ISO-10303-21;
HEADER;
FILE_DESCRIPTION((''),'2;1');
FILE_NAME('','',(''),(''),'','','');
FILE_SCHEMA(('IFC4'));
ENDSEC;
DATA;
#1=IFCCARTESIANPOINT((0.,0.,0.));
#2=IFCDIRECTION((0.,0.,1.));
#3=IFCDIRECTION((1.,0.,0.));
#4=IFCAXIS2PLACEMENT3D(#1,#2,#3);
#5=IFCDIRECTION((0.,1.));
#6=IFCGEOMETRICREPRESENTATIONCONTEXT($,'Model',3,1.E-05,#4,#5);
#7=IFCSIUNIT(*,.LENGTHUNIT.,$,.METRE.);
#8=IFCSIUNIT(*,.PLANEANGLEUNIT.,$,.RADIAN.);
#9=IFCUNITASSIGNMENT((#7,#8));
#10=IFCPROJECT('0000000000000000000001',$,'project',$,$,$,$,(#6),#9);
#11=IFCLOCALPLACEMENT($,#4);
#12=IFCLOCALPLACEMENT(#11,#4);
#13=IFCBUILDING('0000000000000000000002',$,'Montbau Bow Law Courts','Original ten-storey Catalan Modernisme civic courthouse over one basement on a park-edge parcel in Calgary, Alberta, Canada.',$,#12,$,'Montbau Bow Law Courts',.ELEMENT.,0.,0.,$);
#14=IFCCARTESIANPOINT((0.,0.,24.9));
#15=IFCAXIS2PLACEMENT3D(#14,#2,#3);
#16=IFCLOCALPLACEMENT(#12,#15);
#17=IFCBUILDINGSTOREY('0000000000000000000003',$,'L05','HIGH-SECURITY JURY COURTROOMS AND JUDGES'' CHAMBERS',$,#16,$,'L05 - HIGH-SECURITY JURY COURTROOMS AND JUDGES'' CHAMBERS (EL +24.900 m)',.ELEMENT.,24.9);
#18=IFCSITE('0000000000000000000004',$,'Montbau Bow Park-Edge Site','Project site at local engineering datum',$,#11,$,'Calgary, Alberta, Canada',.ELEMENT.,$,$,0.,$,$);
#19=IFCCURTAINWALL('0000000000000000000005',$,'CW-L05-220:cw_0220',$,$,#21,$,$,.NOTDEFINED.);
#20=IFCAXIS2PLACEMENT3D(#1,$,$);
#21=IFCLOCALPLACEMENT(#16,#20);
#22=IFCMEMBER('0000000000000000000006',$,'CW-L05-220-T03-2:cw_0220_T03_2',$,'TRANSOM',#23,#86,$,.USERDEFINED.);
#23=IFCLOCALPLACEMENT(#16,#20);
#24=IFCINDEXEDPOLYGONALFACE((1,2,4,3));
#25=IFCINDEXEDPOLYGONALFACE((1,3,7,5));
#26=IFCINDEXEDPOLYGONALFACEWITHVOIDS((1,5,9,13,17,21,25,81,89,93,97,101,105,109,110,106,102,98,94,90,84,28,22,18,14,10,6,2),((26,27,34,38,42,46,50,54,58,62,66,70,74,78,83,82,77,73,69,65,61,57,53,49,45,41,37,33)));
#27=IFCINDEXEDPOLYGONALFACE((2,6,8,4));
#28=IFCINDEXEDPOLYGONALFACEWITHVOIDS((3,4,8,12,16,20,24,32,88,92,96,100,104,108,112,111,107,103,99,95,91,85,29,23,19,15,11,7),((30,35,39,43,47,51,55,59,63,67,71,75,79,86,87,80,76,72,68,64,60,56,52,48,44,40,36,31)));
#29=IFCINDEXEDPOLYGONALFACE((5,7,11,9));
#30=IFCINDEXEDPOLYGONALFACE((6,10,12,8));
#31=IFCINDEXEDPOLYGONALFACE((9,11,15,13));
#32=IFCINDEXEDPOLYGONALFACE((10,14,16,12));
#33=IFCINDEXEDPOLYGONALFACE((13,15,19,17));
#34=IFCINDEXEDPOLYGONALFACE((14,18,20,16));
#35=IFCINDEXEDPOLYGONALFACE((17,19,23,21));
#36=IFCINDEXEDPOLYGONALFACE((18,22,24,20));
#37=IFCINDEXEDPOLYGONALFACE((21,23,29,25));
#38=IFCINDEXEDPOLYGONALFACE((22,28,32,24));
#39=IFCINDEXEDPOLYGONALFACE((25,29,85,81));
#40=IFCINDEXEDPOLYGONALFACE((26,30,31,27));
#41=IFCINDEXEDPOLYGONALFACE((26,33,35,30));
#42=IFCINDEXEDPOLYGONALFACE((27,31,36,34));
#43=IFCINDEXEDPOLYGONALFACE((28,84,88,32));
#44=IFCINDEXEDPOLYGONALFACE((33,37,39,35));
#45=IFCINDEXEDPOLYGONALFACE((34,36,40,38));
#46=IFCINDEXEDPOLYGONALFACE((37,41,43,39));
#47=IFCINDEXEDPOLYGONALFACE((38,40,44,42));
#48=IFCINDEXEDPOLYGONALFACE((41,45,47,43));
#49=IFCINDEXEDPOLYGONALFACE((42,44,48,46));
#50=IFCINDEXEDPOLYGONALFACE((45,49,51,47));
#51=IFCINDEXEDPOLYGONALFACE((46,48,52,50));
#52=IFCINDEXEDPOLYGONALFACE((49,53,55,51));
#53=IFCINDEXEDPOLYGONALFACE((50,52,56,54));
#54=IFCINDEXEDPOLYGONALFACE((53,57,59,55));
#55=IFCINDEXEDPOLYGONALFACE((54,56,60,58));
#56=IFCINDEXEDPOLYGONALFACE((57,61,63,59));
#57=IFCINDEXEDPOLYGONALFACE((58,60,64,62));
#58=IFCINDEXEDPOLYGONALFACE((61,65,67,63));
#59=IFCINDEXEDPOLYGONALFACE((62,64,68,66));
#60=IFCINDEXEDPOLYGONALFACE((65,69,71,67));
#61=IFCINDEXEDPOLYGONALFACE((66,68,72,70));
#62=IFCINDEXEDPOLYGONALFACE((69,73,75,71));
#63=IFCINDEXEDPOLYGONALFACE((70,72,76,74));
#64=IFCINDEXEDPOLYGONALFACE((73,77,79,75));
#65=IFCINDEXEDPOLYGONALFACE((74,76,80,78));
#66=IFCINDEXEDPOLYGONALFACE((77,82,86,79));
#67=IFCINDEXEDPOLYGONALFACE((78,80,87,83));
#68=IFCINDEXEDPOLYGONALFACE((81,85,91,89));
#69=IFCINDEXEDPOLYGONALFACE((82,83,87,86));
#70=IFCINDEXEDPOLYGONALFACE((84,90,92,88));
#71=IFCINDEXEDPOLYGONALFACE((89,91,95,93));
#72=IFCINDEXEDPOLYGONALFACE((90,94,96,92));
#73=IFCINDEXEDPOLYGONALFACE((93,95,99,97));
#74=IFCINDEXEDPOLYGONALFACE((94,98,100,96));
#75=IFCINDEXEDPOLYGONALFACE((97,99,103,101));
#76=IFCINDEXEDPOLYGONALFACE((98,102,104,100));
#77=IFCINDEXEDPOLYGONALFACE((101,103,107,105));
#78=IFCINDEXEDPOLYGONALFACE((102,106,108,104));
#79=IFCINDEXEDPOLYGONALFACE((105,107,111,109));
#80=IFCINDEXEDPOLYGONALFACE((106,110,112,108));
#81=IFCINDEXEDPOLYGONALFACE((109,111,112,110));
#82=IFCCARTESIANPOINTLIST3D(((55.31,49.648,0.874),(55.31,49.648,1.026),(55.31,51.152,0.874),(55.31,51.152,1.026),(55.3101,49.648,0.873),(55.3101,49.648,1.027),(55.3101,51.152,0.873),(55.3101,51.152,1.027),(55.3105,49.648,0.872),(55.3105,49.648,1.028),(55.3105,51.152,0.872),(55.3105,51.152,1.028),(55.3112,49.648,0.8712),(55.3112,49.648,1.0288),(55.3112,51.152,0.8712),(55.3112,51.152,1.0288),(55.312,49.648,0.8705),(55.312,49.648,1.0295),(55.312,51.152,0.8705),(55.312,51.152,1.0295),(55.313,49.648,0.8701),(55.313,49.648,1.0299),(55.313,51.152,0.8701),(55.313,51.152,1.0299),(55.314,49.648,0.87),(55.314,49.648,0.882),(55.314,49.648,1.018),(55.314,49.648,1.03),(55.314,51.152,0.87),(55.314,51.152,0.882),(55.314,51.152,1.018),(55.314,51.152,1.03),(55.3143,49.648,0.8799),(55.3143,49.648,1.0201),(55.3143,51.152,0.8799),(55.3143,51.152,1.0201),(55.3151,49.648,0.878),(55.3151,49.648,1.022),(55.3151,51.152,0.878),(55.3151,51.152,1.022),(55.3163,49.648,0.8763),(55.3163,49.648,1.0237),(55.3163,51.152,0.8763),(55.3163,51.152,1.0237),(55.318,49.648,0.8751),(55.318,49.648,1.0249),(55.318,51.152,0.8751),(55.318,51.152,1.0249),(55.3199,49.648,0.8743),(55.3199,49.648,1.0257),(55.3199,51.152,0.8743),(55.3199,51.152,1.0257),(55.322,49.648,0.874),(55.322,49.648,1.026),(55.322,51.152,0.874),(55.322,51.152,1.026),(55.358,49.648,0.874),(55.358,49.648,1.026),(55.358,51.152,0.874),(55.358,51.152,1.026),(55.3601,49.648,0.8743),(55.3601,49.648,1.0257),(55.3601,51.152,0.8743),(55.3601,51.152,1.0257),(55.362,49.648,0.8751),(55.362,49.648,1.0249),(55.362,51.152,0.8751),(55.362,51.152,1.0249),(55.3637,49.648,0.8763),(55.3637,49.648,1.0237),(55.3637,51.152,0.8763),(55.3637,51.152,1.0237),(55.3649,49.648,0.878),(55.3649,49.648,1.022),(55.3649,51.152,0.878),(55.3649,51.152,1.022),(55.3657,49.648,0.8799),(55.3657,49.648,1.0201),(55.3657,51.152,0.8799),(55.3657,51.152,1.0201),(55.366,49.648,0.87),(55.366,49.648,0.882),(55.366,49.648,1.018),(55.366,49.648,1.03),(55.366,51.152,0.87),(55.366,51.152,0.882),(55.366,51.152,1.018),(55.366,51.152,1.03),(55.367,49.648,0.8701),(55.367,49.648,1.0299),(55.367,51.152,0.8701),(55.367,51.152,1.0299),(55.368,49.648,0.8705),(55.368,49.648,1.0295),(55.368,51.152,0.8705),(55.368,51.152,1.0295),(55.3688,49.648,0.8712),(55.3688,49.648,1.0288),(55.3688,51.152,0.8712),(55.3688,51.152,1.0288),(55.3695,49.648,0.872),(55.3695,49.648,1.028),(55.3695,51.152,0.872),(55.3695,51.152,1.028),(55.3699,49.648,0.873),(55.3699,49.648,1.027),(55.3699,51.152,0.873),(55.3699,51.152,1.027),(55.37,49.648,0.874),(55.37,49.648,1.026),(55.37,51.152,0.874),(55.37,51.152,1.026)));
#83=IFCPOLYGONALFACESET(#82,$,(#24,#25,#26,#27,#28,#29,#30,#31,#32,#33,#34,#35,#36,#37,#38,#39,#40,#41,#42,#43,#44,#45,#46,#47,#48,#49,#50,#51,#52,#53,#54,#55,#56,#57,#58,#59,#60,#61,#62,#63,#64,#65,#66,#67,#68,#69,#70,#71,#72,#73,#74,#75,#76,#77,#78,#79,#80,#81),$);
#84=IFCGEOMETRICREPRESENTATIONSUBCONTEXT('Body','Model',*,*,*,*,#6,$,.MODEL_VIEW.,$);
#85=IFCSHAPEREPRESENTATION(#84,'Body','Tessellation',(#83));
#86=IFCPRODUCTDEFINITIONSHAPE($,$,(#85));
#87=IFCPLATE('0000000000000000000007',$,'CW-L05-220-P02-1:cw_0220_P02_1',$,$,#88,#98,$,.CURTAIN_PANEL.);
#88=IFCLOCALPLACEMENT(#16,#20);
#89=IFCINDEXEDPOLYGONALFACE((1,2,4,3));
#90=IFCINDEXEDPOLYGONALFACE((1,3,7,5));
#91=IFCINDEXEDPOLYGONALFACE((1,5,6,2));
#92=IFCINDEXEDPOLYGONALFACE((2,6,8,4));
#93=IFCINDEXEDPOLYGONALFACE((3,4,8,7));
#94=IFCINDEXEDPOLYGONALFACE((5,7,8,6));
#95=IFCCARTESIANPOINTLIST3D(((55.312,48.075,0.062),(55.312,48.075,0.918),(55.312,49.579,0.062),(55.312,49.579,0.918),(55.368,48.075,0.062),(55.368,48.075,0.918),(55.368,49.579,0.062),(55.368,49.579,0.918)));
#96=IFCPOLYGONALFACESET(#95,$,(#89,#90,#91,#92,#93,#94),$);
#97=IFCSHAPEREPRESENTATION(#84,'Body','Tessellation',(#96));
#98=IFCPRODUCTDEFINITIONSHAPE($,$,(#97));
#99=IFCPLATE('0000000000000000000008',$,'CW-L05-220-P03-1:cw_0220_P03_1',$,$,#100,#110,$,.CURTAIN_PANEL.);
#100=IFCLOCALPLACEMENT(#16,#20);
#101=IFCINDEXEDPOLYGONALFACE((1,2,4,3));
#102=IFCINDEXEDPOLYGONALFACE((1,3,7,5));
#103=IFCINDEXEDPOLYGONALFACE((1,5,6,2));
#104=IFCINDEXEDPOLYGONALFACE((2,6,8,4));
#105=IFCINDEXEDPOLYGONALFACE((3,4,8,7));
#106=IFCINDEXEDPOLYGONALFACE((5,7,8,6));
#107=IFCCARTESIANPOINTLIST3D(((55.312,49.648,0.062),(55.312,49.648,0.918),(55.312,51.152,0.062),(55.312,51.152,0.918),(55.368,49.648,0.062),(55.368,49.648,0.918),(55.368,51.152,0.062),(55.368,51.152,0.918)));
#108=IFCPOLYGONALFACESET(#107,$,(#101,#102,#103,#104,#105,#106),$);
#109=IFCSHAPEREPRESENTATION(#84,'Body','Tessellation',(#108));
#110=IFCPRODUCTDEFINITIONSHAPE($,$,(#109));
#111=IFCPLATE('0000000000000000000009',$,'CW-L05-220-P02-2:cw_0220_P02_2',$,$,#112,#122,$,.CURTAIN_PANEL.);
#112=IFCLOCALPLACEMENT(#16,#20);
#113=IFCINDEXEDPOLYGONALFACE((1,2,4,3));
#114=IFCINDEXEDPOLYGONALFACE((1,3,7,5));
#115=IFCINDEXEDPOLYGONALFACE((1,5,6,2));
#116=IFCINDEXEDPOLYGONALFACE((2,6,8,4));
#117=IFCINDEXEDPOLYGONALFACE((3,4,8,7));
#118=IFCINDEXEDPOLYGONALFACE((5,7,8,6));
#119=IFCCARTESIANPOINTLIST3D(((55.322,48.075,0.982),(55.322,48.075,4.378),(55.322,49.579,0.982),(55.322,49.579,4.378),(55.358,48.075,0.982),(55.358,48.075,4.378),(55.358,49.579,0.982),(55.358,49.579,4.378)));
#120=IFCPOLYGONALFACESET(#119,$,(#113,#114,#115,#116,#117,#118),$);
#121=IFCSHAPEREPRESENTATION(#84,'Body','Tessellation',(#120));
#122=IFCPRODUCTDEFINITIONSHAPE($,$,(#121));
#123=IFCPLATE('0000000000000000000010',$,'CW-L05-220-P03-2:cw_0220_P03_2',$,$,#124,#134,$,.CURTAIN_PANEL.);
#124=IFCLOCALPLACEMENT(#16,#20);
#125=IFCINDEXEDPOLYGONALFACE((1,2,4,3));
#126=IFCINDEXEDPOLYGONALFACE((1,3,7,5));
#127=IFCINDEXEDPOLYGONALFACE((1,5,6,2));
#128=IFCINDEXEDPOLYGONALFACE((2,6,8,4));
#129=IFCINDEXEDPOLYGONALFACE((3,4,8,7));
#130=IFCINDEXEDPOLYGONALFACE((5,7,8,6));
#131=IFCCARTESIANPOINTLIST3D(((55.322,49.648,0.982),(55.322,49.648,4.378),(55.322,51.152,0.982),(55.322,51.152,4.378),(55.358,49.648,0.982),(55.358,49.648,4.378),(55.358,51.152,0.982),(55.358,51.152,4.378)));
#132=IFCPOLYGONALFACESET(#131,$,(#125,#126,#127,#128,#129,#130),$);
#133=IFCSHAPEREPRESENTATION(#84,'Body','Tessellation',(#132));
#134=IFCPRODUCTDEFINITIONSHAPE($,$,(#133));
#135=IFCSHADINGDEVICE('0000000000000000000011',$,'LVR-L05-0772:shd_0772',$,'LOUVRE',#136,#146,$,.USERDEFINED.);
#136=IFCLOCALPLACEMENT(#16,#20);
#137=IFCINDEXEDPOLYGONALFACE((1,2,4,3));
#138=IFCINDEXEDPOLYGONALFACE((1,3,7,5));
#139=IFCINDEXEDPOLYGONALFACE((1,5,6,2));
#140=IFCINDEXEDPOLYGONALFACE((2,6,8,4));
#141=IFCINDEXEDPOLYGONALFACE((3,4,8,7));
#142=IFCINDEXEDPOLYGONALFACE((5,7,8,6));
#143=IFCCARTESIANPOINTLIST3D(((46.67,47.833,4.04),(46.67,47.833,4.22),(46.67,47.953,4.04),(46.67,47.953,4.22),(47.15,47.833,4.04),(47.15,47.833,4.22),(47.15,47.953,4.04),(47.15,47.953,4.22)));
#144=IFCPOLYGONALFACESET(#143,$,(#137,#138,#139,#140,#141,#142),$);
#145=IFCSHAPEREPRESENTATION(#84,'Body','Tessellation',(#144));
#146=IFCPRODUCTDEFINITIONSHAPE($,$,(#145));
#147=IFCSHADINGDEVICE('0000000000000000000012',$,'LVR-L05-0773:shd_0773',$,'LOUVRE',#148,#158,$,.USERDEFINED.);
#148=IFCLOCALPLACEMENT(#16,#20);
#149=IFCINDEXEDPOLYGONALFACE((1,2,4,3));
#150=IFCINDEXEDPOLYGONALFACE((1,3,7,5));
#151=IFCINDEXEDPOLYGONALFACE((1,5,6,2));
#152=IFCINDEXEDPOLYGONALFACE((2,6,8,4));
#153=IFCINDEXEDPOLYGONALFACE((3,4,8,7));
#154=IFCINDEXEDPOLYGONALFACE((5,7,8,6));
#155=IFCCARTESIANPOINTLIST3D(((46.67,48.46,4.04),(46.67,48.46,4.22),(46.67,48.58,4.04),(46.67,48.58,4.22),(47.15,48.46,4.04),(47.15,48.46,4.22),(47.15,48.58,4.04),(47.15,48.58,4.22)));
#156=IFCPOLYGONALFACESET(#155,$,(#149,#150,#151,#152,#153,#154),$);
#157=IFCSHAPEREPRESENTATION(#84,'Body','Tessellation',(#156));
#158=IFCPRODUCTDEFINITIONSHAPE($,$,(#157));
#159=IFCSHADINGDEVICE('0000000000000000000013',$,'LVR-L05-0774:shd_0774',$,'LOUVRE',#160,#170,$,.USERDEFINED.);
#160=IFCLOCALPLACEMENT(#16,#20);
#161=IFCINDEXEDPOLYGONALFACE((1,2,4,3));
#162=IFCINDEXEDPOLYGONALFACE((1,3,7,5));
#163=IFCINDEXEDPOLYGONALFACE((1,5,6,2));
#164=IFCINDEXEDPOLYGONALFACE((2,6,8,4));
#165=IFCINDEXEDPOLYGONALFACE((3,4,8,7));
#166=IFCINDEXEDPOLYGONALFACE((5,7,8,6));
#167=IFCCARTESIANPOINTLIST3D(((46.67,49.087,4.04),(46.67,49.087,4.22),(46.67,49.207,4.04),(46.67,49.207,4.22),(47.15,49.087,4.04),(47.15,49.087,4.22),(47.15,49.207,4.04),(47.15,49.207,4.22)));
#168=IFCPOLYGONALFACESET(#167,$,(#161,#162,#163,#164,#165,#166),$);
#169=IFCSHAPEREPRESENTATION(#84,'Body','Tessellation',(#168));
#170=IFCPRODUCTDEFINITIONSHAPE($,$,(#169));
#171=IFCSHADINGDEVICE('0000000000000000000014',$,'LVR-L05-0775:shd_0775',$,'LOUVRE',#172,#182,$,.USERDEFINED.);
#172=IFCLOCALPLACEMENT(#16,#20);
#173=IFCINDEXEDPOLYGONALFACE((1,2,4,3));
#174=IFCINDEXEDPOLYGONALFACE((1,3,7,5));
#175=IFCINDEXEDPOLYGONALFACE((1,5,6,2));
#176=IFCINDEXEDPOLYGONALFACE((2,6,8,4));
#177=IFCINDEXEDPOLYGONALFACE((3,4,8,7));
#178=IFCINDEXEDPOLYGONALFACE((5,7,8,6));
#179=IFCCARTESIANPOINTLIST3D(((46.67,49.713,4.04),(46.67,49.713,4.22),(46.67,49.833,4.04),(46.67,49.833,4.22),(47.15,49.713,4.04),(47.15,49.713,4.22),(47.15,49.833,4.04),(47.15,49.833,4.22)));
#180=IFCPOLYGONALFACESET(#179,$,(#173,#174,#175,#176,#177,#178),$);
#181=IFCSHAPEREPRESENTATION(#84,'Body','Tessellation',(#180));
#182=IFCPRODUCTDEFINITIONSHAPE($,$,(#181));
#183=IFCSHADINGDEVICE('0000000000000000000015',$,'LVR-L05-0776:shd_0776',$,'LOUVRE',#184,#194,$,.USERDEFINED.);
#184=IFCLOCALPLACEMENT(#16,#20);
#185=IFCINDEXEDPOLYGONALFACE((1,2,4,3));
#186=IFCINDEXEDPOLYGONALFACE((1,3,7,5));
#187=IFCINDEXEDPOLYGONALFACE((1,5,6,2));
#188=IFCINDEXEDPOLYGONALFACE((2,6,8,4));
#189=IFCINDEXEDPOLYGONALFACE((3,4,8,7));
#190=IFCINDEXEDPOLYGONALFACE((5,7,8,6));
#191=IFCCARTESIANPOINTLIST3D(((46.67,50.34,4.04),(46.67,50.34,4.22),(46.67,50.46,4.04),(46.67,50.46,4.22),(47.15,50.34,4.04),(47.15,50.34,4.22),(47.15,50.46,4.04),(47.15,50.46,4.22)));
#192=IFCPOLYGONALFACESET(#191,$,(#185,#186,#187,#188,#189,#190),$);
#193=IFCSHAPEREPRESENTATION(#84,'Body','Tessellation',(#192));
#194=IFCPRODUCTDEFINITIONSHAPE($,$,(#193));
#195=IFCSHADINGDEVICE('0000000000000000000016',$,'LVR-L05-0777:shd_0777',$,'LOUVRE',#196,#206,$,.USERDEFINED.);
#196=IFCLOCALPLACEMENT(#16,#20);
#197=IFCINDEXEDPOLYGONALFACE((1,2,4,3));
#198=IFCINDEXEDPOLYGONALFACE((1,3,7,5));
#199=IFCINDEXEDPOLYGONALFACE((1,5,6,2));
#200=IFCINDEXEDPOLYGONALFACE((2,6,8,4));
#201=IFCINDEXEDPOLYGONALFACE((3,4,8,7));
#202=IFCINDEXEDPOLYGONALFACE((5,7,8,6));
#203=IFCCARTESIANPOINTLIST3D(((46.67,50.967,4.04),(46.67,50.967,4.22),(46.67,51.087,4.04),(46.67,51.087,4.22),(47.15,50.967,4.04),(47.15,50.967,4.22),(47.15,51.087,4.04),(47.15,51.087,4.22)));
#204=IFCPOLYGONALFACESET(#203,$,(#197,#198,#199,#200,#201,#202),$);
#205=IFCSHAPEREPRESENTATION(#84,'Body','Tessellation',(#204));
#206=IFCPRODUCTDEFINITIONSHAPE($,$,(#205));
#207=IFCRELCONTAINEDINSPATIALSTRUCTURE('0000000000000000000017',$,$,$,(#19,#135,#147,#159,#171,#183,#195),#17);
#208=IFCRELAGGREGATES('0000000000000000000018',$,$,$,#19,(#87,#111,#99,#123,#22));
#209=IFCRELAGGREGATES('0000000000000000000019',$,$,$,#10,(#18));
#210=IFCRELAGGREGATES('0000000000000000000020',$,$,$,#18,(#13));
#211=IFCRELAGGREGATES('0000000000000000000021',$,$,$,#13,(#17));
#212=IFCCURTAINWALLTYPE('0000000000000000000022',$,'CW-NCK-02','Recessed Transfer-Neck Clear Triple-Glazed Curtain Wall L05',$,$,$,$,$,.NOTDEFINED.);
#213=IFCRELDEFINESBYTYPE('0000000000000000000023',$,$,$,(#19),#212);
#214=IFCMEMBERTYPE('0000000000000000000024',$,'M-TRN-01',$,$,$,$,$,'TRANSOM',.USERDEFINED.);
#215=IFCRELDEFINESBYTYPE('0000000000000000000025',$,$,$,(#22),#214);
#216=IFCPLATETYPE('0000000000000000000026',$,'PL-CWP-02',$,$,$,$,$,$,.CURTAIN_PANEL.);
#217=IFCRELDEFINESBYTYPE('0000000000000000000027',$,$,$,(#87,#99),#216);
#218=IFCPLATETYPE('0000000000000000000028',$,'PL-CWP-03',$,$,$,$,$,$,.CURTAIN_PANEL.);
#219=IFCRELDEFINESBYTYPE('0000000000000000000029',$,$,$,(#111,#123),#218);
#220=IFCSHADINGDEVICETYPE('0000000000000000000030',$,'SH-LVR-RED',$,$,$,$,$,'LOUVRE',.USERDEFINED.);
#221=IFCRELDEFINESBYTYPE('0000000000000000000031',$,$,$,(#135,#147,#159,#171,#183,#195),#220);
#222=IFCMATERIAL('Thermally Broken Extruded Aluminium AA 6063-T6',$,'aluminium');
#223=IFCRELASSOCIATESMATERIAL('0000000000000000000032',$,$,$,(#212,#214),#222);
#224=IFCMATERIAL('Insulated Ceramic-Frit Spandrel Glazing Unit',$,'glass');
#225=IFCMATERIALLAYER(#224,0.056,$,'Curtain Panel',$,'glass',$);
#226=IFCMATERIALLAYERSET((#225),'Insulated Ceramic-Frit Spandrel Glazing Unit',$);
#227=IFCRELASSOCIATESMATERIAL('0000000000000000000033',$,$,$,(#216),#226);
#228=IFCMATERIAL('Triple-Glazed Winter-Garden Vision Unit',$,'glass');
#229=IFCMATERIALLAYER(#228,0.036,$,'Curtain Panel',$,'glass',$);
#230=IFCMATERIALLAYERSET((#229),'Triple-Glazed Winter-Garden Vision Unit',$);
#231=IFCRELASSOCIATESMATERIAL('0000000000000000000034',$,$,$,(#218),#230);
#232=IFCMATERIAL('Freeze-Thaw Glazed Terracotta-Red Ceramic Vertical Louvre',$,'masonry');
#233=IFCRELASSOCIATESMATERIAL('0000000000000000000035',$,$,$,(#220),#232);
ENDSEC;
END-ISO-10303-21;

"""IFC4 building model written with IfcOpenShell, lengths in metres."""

from ifc_helpers import new_model, si_unit, direction, frame, frame_2d, origin_with_axes, origin_2d_with_axis, place, context, subcontext, project, spatial, rectangle, hollow_rectangle, extrude, material, layer, layer_set, material_profile, profile_set, type_object, element, aggregate, save


model = new_model("IFC4")

# Units and contexts
model_context = context("Model", 3, precision=1e-05, world=origin_with_axes(), true_north=direction((0.0, 1.0)))
body_context = subcontext(model_context, "Body", "Model", "MODEL_VIEW")
ifc_project = project(units=[si_unit("LENGTHUNIT", "METRE"), si_unit("PLANEANGLEUNIT", "RADIAN")], contexts=[model_context])

# Site, building, storey
site_placement = place(None, origin_with_axes())
site = spatial("IfcSite", under=ifc_project, at=site_placement, Name="Montbau Bow Park-Edge Site", Description="Project site at local engineering datum", LongName="Calgary, Alberta, Canada", CompositionType="ELEMENT", RefElevation=0.0)
building_placement = place(site_placement, origin_with_axes())
building = spatial("IfcBuilding", under=site, at=building_placement, Name="Montbau Bow Law Courts", Description="Original ten-storey Catalan Modernisme civic courthouse over one basement on a park-edge parcel in Calgary, Alberta, Canada.", LongName="Montbau Bow Law Courts", CompositionType="ELEMENT", ElevationOfRefHeight=0.0, ElevationOfTerrain=0.0)
storey_placement = place(building_placement, frame((0.0, 0.0, 24.9), z_axis=(0.0, 0.0, 1.0), x_axis=(1.0, 0.0, 0.0)))
storey = spatial("IfcBuildingStorey", under=building, at=storey_placement, Name="L05", Description="HIGH-SECURITY JURY COURTROOMS AND JUDGES' CHAMBERS", LongName="L05 - HIGH-SECURITY JURY COURTROOMS AND JUDGES' CHAMBERS (EL +24.900 m)", CompositionType="ELEMENT", Elevation=24.9)

# Curtain wall, member, plates
ifc_material_1 = material(Name="Thermally Broken Extruded Aluminium AA 6063-T6", Category="aluminium")
curtain_wall_type = type_object("IfcCurtainWallType", Name="CW-NCK-02", Description="Recessed Transfer-Neck Clear Triple-Glazed Curtain Wall L05", PredefinedType="NOTDEFINED", material=ifc_material_1)
curtain_wall_placement = place(None, frame((55.34, 46.468, 24.9), z_axis=(0.0, 0.0, 1.0), x_axis=(1.0, 0.0, 0.0)))
curtain_wall = element("IfcCurtainWall", 1, at=curtain_wall_placement, inside=storey, type_object=curtain_wall_type, Name="CW-L05-220:cw_0220", PredefinedType="NOTDEFINED")
ifc_material_profile_1 = material_profile(ifc_material_1, hollow_rectangle(XDim=0.06, YDim=0.16, WallThickness=0.004, InnerFilletRadius=0.008, OuterFilletRadius=0.004, at=origin_2d_with_axis()), Name="CWT-160X60", Category="Main", Priority=0)
ifc_profile_set_1 = profile_set([ifc_material_profile_1], Name="Thermally Broken Extruded Aluminium AA 6063-T6")
member_type_1 = type_object("IfcMemberType", Name="M-TRN-01", ElementType="TRANSOM", PredefinedType="USERDEFINED", material=ifc_profile_set_1)
member_1_placement = place(None, frame((55.34, 49.648, 25.85), z_axis=(0.0, 1.0, 0.0), x_axis=(-1.0, 0.0, 0.0)))
member_1 = element("IfcMember", 2, at=member_1_placement, type_object=member_type_1, Name="CW-L05-220-T03-2:cw_0220_T03_2", ObjectType="TRANSOM", PredefinedType="USERDEFINED", context=body_context, shape_type="SweptSolid", body=[
    extrude(hollow_rectangle(XDim=0.06, YDim=0.16, WallThickness=0.004, InnerFilletRadius=0.008, OuterFilletRadius=0.004, at=origin_2d_with_axis()), origin_with_axes(), (0.0, 0.0, 1.0), 1.504),
])
ifc_material_2 = material(Name="Insulated Ceramic-Frit Spandrel Glazing Unit", Category="glass")
ifc_layer_1 = layer(ifc_material_2, 0.056, Name="Curtain Panel", Category="glass")
ifc_layer_set_1 = layer_set([ifc_layer_1], Name="Insulated Ceramic-Frit Spandrel Glazing Unit")
plate_type_1 = type_object("IfcPlateType", Name="PL-CWP-02", PredefinedType="CURTAIN_PANEL", material=ifc_layer_set_1)
plate_1_placement = place(None, frame((55.34, 48.075, 24.962), z_axis=(1.0, 0.0, 0.0), x_axis=(0.0, 1.0, 0.0)))
plate_1 = element("IfcPlate", 3, at=plate_1_placement, type_object=plate_type_1, Name="CW-L05-220-P02-1:cw_0220_P02_1", PredefinedType="CURTAIN_PANEL", context=body_context, shape_type="SweptSolid", body=[
    extrude(rectangle(XDim=1.504, YDim=0.856, at=frame_2d((0.752, 0.428), x_axis=(1.0, 0.0))), frame((0.0, 0.0, -0.028), z_axis=(0.0, 0.0, 1.0), x_axis=(1.0, 0.0, 0.0)), (0.0, 0.0, 1.0), 0.056),
])
plate_2_placement = place(None, frame((55.34, 49.648, 24.962), z_axis=(1.0, 0.0, 0.0), x_axis=(0.0, 1.0, 0.0)))
plate_2 = element("IfcPlate", 4, at=plate_2_placement, type_object=plate_type_1, Name="CW-L05-220-P03-1:cw_0220_P03_1", PredefinedType="CURTAIN_PANEL", context=body_context, shape_type="SweptSolid", body=[
    extrude(rectangle(XDim=1.504, YDim=0.856, at=frame_2d((0.752, 0.428), x_axis=(1.0, 0.0))), frame((0.0, 0.0, -0.028), z_axis=(0.0, 0.0, 1.0), x_axis=(1.0, 0.0, 0.0)), (0.0, 0.0, 1.0), 0.056),
])
ifc_material_3 = material(Name="Triple-Glazed Winter-Garden Vision Unit", Category="glass")
ifc_layer_2 = layer(ifc_material_3, 0.036, Name="Curtain Panel", Category="glass")
ifc_layer_set_2 = layer_set([ifc_layer_2], Name="Triple-Glazed Winter-Garden Vision Unit")
plate_type_2 = type_object("IfcPlateType", Name="PL-CWP-03", PredefinedType="CURTAIN_PANEL", material=ifc_layer_set_2)
plate_3_placement = place(None, frame((55.34, 48.075, 25.882), z_axis=(1.0, 0.0, 0.0), x_axis=(0.0, 1.0, 0.0)))
plate_3 = element("IfcPlate", 5, at=plate_3_placement, type_object=plate_type_2, Name="CW-L05-220-P02-2:cw_0220_P02_2", PredefinedType="CURTAIN_PANEL", context=body_context, shape_type="SweptSolid", body=[
    extrude(rectangle(XDim=1.504, YDim=3.396, at=frame_2d((0.752, 1.698), x_axis=(1.0, 0.0))), frame((0.0, 0.0, -0.018), z_axis=(0.0, 0.0, 1.0), x_axis=(1.0, 0.0, 0.0)), (0.0, 0.0, 1.0), 0.036),
])
plate_4_placement = place(None, frame((55.34, 49.648, 25.882), z_axis=(1.0, 0.0, 0.0), x_axis=(0.0, 1.0, 0.0)))
plate_4 = element("IfcPlate", 6, at=plate_4_placement, type_object=plate_type_2, Name="CW-L05-220-P03-2:cw_0220_P03_2", PredefinedType="CURTAIN_PANEL", context=body_context, shape_type="SweptSolid", body=[
    extrude(rectangle(XDim=1.504, YDim=3.396, at=frame_2d((0.752, 1.698), x_axis=(1.0, 0.0))), frame((0.0, 0.0, -0.018), z_axis=(0.0, 0.0, 1.0), x_axis=(1.0, 0.0, 0.0)), (0.0, 0.0, 1.0), 0.036),
])
aggregate(curtain_wall, [plate_1, plate_3, plate_2, plate_4, member_1])

# Shading devices
ifc_material_4 = material(Name="Freeze-Thaw Glazed Terracotta-Red Ceramic Vertical Louvre", Category="masonry")
shading_device_type = type_object("IfcShadingDeviceType", Name="SH-LVR-RED", ElementType="LOUVRE", PredefinedType="USERDEFINED", material=ifc_material_4)
for number, where, z_axis, x_axis, name in (
    (7, (46.91, 47.893, 28.94), (0.0, 0.0, 1.0), (1.0, 0.0, 0.0), "LVR-L05-0772:shd_0772"),
    (8, (46.91, 48.52, 28.94), (0.0, 0.0, 1.0), (1.0, 0.0, 0.0), "LVR-L05-0773:shd_0773"),
    (9, (46.91, 49.147, 28.94), (0.0, 0.0, 1.0), (1.0, 0.0, 0.0), "LVR-L05-0774:shd_0774"),
    (10, (46.91, 49.773, 28.94), (0.0, 0.0, 1.0), (1.0, 0.0, 0.0), "LVR-L05-0775:shd_0775"),
    (11, (46.91, 50.4, 28.94), (0.0, 0.0, 1.0), (1.0, 0.0, 0.0), "LVR-L05-0776:shd_0776"),
    (12, (46.91, 51.027, 28.94), (0.0, 0.0, 1.0), (1.0, 0.0, 0.0), "LVR-L05-0777:shd_0777"),
):
    element("IfcShadingDevice", number, at=place(None, frame(where, z_axis=z_axis, x_axis=x_axis)), inside=storey, type_object=shading_device_type, Name=name, ObjectType="LOUVRE", PredefinedType="USERDEFINED", context=body_context, shape_type="SweptSolid", body=[
        extrude(rectangle(XDim=0.48, YDim=0.12, at=origin_2d_with_axis()), origin_with_axes(), (0.0, 0.0, 1.0), 0.18),
    ])

save(model, "model.ifc")
